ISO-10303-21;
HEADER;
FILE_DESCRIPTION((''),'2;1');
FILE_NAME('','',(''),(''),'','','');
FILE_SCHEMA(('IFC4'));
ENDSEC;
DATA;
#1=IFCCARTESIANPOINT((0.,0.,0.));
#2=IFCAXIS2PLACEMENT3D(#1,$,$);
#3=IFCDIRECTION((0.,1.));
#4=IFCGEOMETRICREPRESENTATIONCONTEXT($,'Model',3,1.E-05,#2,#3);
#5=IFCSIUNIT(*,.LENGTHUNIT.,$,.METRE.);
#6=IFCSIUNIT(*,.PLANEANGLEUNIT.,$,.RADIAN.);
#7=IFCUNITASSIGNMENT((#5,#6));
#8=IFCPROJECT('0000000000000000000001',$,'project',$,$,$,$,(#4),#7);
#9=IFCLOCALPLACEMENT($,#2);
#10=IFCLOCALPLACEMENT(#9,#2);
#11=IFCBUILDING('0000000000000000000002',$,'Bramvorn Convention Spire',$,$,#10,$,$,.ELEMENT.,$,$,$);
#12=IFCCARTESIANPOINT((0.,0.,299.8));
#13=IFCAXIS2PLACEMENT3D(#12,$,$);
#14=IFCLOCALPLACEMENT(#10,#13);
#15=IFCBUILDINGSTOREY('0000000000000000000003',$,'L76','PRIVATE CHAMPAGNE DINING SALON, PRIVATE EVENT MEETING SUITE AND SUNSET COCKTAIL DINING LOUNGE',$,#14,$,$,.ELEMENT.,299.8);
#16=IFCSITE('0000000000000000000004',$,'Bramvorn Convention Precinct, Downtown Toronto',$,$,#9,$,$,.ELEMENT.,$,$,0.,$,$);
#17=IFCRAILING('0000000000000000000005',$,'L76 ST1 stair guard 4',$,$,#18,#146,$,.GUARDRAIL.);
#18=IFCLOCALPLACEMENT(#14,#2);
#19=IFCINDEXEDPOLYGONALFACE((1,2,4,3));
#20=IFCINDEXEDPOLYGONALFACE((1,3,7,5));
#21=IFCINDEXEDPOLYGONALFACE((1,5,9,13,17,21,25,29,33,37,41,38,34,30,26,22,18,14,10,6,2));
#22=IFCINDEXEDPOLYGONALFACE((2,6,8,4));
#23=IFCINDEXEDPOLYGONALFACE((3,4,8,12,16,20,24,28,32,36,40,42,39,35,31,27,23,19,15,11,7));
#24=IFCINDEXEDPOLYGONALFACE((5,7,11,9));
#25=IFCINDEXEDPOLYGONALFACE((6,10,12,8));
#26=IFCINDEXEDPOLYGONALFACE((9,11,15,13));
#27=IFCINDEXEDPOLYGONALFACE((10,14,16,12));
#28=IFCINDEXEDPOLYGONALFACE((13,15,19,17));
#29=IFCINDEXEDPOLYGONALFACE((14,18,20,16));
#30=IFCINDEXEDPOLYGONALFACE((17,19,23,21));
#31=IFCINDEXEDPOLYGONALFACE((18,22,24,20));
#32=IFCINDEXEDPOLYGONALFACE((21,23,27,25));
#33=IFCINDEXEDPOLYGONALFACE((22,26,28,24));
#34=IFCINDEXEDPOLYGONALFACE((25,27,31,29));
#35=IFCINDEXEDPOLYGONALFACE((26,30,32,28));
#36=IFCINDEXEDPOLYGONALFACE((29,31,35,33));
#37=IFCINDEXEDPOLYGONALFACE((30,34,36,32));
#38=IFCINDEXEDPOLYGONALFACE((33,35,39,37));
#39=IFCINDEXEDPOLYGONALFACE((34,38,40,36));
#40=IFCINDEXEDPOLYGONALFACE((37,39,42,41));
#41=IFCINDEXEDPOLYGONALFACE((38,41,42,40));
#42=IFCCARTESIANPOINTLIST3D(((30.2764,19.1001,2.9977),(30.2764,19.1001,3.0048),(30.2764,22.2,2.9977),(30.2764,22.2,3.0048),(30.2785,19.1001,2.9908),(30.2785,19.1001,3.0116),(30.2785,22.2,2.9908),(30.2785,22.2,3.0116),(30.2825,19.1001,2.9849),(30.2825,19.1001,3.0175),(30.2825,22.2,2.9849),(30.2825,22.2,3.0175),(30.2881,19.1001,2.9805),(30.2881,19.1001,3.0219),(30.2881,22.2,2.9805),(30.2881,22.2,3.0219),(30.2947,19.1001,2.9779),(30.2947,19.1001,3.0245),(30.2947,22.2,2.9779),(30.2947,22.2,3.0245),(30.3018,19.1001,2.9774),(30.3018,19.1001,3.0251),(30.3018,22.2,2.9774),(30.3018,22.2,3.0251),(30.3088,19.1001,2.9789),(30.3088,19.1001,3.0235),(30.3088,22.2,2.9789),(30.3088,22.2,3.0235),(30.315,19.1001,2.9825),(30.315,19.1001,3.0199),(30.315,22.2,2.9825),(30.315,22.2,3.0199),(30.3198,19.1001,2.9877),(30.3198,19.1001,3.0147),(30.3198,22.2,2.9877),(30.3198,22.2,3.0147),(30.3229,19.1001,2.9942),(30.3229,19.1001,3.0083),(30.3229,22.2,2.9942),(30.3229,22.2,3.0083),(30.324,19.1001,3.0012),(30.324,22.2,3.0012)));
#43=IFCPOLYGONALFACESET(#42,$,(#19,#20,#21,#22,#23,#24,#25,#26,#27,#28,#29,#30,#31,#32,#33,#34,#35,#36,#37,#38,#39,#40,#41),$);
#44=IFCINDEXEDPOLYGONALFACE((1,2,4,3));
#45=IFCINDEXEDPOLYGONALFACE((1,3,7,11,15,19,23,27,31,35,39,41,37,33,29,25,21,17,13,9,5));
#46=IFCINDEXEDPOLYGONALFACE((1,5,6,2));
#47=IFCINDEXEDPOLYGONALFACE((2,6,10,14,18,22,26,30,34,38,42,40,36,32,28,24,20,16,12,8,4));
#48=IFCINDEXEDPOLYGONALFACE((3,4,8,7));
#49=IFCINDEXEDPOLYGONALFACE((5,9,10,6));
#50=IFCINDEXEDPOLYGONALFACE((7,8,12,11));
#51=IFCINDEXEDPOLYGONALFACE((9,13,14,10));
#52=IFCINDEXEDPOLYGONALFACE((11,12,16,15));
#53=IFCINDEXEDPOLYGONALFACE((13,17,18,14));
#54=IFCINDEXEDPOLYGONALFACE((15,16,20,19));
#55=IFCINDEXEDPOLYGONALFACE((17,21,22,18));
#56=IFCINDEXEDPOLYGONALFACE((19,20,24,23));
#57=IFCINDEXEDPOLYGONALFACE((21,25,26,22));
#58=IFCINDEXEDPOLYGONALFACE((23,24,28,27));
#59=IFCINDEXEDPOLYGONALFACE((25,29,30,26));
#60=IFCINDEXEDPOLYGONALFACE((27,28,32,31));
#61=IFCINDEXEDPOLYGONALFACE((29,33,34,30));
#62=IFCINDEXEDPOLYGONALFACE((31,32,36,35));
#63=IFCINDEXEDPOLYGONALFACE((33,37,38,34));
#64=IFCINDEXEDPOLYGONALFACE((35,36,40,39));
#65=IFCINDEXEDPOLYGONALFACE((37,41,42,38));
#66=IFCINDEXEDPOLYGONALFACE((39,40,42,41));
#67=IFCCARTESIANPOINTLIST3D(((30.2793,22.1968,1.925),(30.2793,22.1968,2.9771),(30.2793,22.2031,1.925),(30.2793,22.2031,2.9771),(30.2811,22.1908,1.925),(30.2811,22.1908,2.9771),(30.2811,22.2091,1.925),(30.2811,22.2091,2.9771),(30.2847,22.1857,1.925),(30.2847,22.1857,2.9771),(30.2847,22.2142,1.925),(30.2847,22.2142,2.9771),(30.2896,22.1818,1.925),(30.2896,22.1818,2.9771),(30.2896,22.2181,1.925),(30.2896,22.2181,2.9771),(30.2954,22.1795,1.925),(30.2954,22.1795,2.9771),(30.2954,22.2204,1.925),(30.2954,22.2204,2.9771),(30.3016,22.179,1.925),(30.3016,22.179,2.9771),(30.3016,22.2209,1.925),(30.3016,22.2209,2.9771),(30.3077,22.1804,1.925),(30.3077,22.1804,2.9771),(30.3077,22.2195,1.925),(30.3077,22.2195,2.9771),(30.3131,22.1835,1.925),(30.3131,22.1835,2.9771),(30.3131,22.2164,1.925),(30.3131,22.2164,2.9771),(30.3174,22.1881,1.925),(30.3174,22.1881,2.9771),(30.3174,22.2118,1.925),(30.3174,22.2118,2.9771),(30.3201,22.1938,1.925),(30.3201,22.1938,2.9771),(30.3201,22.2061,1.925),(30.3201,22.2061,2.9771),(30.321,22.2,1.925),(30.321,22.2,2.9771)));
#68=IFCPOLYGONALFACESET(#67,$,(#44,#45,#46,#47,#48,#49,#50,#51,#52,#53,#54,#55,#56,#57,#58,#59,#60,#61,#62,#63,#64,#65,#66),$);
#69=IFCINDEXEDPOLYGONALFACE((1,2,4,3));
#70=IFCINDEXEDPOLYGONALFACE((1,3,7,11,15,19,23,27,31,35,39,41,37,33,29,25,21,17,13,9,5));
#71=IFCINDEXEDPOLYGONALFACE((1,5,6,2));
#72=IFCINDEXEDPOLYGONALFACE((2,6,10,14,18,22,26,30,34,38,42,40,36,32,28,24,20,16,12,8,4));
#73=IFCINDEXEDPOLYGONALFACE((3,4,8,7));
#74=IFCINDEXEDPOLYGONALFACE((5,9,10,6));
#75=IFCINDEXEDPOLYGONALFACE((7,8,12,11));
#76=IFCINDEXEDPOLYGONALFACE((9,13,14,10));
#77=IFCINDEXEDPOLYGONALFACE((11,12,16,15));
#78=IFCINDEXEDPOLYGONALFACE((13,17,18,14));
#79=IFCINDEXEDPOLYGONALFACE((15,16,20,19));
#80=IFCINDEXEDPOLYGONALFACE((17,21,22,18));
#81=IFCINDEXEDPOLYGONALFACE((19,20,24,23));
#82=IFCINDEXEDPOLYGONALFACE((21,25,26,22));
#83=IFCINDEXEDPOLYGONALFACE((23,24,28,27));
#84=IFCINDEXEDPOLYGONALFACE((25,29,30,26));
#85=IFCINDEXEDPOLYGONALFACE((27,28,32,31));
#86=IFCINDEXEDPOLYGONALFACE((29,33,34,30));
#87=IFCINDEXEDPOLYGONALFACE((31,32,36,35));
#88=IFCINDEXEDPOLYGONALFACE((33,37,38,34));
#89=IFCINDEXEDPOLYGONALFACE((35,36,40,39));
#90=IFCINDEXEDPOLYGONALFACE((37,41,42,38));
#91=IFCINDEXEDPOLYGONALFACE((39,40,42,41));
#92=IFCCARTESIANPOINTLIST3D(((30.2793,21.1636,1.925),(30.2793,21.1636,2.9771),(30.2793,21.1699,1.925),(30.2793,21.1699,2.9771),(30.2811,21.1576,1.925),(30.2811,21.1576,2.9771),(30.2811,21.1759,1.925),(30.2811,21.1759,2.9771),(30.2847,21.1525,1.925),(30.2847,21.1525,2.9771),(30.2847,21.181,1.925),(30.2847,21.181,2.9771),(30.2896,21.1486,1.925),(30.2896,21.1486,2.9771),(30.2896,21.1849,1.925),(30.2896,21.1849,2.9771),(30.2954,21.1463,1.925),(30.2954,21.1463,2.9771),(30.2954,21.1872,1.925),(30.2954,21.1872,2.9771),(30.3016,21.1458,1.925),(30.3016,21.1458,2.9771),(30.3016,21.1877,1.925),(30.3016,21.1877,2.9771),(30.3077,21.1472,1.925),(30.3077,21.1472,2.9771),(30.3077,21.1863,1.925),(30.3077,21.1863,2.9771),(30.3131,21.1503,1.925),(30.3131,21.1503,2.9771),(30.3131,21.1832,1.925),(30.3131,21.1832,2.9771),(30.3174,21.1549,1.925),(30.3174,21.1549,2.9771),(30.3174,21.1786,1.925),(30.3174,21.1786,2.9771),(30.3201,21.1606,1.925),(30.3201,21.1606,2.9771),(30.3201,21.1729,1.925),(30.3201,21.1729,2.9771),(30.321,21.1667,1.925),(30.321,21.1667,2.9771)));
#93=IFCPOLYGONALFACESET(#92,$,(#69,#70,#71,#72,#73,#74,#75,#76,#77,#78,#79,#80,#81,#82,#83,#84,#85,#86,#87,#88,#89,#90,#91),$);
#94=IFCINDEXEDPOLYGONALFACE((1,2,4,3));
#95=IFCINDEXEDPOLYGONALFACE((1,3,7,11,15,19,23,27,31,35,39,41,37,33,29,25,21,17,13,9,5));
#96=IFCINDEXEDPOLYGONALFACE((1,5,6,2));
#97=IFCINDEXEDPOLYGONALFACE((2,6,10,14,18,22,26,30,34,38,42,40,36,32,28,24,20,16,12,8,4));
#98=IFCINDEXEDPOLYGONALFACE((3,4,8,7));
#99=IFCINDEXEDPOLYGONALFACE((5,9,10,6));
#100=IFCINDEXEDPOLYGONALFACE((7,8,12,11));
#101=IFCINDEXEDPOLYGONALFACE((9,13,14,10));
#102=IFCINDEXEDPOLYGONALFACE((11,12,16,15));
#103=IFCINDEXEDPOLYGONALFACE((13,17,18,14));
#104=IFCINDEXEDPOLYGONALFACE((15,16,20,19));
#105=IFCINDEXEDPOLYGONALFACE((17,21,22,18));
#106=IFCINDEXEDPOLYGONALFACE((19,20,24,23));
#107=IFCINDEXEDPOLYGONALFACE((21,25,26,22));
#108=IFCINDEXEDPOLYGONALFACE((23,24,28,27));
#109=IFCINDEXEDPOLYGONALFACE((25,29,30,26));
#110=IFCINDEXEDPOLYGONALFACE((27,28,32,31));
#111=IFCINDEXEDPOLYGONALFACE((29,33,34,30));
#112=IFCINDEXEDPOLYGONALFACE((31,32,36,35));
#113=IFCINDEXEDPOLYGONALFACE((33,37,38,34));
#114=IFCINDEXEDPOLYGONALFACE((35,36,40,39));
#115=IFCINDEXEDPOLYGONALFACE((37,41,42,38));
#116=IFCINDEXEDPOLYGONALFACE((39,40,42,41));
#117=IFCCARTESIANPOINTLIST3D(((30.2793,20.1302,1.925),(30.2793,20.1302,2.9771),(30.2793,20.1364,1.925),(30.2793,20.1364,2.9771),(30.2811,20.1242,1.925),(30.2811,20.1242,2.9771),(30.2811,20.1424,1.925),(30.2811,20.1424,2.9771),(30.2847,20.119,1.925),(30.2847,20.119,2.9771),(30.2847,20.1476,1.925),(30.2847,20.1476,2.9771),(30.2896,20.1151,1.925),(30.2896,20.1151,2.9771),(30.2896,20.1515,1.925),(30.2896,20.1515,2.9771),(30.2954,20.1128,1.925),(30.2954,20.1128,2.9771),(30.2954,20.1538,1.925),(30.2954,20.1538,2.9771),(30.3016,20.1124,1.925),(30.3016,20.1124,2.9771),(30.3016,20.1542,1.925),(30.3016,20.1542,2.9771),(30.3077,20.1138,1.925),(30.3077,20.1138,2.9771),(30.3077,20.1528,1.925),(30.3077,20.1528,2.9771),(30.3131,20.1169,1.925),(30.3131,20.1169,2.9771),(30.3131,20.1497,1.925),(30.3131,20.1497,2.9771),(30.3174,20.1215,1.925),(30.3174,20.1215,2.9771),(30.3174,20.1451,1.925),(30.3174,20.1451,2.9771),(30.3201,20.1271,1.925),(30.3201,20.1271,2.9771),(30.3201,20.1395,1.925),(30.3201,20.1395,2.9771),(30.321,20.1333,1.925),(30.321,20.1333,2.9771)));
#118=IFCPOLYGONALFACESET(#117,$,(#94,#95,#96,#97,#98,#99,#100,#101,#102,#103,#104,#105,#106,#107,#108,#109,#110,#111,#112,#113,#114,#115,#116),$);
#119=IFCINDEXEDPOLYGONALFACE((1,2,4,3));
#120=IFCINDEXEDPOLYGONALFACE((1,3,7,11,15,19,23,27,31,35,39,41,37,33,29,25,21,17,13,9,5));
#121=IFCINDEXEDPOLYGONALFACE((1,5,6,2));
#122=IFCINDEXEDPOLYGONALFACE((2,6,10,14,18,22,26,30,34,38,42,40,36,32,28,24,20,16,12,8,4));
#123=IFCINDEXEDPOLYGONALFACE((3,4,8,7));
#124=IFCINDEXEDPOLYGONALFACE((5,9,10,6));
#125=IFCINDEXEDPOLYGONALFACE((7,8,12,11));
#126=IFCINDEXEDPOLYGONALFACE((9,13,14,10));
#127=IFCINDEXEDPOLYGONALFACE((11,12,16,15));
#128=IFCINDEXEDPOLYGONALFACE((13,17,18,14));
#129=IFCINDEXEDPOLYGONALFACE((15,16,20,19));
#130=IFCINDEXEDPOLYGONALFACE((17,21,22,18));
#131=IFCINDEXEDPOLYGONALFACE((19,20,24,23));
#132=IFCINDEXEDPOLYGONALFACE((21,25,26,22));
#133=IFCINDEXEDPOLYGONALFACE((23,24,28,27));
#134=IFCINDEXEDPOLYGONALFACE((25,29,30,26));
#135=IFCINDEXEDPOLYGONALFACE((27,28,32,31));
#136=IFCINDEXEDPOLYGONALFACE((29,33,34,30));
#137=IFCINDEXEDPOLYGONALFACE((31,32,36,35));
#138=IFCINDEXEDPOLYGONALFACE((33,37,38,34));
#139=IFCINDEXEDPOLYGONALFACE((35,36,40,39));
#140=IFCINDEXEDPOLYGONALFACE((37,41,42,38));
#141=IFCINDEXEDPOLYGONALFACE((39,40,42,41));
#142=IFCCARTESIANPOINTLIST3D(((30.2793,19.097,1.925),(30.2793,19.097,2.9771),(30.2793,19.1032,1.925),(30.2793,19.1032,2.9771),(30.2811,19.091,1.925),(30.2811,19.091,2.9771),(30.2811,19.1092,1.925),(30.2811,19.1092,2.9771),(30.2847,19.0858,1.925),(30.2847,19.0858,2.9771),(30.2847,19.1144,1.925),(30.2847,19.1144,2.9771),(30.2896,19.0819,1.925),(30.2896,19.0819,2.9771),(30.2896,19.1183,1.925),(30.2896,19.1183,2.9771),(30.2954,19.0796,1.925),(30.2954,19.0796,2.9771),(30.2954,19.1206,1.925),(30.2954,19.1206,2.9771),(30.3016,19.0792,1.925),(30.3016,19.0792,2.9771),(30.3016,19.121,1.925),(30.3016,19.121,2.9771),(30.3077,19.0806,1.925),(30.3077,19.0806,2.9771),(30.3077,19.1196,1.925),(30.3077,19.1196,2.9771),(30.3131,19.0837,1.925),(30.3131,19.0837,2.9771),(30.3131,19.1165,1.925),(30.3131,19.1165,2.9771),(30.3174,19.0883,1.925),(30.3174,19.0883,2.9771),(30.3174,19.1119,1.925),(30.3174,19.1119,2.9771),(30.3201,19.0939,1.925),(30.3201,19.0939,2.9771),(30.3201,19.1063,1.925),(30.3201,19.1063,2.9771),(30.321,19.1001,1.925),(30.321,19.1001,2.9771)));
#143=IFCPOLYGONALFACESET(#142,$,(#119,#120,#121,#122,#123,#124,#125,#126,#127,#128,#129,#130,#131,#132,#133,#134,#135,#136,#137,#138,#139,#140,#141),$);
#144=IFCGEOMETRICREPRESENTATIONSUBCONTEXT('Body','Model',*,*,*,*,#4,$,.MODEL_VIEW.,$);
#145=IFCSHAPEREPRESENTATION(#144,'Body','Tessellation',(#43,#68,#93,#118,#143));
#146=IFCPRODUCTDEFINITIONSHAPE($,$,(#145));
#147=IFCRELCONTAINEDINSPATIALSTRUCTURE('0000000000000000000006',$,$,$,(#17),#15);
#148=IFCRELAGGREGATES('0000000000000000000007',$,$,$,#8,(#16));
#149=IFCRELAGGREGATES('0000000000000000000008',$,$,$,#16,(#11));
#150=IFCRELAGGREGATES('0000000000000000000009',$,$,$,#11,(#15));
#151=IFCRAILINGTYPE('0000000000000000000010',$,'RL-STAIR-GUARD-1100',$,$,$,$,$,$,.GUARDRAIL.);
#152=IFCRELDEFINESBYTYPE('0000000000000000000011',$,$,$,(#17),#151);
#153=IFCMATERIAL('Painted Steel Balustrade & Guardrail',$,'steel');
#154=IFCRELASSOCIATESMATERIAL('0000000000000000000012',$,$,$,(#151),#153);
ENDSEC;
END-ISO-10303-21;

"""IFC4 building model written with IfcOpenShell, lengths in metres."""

from ifc_helpers import new_model, si_unit, direction, frame, origin, origin_2d, place, context, subcontext, project, spatial, circle, extrude, material, type_object, element, save


model = new_model("IFC4")

# Units and contexts
model_context = context("Model", 3, precision=1e-05, world=origin(), true_north=direction((0.0, 1.0)))
body_context = subcontext(model_context, "Body", "Model", "MODEL_VIEW")
ifc_project = project(units=[si_unit("LENGTHUNIT", "METRE"), si_unit("PLANEANGLEUNIT", "RADIAN")], contexts=[model_context])

# Site, building, storey
site_placement = place(None, origin())
site = spatial("IfcSite", under=ifc_project, at=site_placement, Name="Bramvorn Convention Precinct, Downtown Toronto", CompositionType="ELEMENT", RefElevation=0.0)
building_placement = place(site_placement, origin())
building = spatial("IfcBuilding", under=site, at=building_placement, Name="Bramvorn Convention Spire", CompositionType="ELEMENT")
storey_placement = place(building_placement, frame((0.0, 0.0, 299.8)))
storey = spatial("IfcBuildingStorey", under=building, at=storey_placement, Name="L76", Description="PRIVATE CHAMPAGNE DINING SALON, PRIVATE EVENT MEETING SUITE AND SUNSET COCKTAIL DINING LOUNGE", CompositionType="ELEMENT", Elevation=299.8)

# Railing
ifc_material_1 = material(Name="Painted Steel Balustrade & Guardrail", Category="steel")
railing_type_1 = type_object("IfcRailingType", Name="RL-STAIR-GUARD-1100", PredefinedType="GUARDRAIL", material=ifc_material_1)
for number, where, name in (
    (1, (30.3, 22.2, 1.925), "L76 ST1 stair guard 4"),
):
    element("IfcRailing", number, at=place(storey_placement, frame(where)), inside=storey, type_object=railing_type_1, Name=name, PredefinedType="GUARDRAIL", context=body_context, shape_type="SweptSolid", body=[
        extrude(circle(Radius=0.0239, at=origin_2d()), frame((0.0, 0.0, 1.0762), z_axis=(0.0, -1.0, 0.0), x_axis=(1.0, 0.0, 0.0)), (0.0, 0.0, 1.0), 3.0999),
        extrude(circle(Radius=0.021, at=origin_2d()), origin(), (0.0, 0.0, 1.0), 1.052),
        extrude(circle(Radius=0.021, at=origin_2d()), frame((0.0, -1.0332, 0.0)), (0.0, 0.0, 1.0), 1.052),
        extrude(circle(Radius=0.021, at=origin_2d()), frame((0.0, -2.0667, 0.0)), (0.0, 0.0, 1.0), 1.052),
        extrude(circle(Radius=0.021, at=origin_2d()), frame((0.0, -3.0999, 0.0)), (0.0, 0.0, 1.0), 1.052),
    ])

save(model, "model.ifc")
